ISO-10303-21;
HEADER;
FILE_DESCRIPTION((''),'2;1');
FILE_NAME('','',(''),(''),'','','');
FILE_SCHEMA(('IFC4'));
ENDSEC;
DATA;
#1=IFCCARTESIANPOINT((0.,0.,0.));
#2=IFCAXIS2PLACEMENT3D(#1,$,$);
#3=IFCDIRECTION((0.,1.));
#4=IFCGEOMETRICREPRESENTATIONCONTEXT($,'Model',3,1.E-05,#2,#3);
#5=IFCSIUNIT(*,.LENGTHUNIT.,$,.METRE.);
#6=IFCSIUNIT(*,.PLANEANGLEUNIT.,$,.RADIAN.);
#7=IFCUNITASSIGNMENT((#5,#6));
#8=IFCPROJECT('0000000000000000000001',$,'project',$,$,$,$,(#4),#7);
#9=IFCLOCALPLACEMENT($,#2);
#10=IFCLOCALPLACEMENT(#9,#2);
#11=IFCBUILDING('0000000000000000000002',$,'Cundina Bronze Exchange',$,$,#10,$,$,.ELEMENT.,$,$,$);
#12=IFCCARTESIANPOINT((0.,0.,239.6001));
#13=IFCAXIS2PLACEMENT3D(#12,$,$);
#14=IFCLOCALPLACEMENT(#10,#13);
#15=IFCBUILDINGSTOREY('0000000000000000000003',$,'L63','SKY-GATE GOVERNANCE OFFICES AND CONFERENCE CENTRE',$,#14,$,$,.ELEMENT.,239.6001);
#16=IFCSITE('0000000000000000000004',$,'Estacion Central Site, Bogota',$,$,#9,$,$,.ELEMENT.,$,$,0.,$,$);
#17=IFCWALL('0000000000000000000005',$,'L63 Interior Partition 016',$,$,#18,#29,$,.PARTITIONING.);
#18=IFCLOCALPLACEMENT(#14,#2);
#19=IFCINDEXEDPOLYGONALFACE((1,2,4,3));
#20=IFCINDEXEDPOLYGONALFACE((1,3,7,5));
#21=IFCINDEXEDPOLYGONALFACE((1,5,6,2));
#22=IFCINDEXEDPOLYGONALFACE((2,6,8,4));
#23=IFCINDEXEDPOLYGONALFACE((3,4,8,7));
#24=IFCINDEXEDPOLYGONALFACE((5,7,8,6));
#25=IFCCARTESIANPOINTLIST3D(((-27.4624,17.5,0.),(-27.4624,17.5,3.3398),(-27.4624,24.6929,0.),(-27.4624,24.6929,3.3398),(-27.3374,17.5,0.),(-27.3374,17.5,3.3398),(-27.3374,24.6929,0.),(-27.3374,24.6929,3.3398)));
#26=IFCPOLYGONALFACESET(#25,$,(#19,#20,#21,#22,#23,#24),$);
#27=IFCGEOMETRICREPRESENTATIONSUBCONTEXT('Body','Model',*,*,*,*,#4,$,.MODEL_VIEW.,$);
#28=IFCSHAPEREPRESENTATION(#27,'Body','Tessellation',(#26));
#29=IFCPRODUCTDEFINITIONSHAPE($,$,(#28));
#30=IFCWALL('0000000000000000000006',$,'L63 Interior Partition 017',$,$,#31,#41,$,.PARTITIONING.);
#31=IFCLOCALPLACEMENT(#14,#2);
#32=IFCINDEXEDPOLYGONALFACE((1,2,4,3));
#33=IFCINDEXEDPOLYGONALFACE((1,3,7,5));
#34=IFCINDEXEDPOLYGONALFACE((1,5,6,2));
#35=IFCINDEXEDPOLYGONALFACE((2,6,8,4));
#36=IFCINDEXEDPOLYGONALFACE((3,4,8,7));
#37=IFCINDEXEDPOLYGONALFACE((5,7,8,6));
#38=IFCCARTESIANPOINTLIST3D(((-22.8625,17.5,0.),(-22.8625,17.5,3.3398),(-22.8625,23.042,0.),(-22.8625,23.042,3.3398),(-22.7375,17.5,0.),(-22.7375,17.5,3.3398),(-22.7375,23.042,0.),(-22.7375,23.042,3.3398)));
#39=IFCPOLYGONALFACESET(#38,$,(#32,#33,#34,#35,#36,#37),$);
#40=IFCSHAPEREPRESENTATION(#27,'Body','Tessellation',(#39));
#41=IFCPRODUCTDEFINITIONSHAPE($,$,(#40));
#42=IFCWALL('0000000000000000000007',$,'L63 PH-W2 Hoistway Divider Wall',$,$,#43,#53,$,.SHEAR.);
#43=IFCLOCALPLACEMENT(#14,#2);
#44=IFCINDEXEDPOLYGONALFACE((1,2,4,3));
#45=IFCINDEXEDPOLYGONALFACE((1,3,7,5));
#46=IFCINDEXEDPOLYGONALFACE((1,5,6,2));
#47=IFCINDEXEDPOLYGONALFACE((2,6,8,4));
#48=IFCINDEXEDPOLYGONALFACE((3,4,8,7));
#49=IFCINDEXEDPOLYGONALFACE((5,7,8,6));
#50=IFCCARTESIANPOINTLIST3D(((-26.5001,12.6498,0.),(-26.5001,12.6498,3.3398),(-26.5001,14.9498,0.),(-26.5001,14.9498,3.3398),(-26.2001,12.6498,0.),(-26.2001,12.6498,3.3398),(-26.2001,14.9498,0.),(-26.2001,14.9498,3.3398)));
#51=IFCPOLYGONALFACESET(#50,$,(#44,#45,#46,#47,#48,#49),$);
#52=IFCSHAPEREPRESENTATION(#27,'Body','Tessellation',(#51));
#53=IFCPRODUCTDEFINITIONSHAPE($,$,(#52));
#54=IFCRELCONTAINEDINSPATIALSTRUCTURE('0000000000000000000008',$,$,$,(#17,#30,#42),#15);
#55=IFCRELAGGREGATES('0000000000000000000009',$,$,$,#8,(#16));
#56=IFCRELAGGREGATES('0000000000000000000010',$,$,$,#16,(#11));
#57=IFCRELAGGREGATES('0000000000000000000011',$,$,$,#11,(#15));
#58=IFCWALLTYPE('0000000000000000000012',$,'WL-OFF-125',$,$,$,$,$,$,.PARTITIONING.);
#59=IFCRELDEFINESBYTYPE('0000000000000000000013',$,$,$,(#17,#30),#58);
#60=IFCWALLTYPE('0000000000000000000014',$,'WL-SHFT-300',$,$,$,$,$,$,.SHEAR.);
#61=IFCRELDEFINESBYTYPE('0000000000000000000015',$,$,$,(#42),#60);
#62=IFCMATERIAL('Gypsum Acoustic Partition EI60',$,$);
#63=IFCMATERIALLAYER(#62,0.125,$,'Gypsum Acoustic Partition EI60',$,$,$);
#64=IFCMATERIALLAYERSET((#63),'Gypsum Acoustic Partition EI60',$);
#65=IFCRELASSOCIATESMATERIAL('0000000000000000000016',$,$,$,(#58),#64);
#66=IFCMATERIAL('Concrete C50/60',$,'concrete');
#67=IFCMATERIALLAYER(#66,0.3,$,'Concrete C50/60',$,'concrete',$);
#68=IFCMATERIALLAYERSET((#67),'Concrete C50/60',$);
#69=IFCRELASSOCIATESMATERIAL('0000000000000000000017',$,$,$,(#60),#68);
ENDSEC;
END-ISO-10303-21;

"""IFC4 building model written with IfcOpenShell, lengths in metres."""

from ifc_helpers import new_model, si_unit, direction, frame, frame_2d, origin, place, context, subcontext, project, spatial, rectangle, extrude, material, layer, layer_set, type_object, element, save


model = new_model("IFC4")

# Units and contexts
model_context = context("Model", 3, precision=1e-05, world=origin(), true_north=direction((0.0, 1.0)))
body_context = subcontext(model_context, "Body", "Model", "MODEL_VIEW")
ifc_project = project(units=[si_unit("LENGTHUNIT", "METRE"), si_unit("PLANEANGLEUNIT", "RADIAN")], contexts=[model_context])

# Site, building, storey
site_placement = place(None, origin())
site = spatial("IfcSite", under=ifc_project, at=site_placement, Name="Estacion Central Site, Bogota", CompositionType="ELEMENT", RefElevation=0.0)
building_placement = place(site_placement, origin())
building = spatial("IfcBuilding", under=site, at=building_placement, Name="Cundina Bronze Exchange", CompositionType="ELEMENT")
storey_placement = place(building_placement, frame((0.0, 0.0, 239.6001)))
storey = spatial("IfcBuildingStorey", under=building, at=storey_placement, Name="L63", Description="SKY-GATE GOVERNANCE OFFICES AND CONFERENCE CENTRE", CompositionType="ELEMENT", Elevation=239.6001)

# Shared definitions
ifc_material_1 = material(Name="Concrete C50/60", Category="concrete")

# Walls
ifc_material_2 = material(Name="Gypsum Acoustic Partition EI60")
ifc_layer_1 = layer(ifc_material_2, 0.125, Name="Gypsum Acoustic Partition EI60")
ifc_layer_set_1 = layer_set([ifc_layer_1], Name="Gypsum Acoustic Partition EI60")
wall_type_1 = type_object("IfcWallType", Name="WL-OFF-125", PredefinedType="PARTITIONING", material=ifc_layer_set_1)
wall_1_placement = place(storey_placement, frame((-27.3999, 17.5, 0.0), z_axis=(0.0, 0.0, 1.0), x_axis=(0.0, 1.0, 0.0)))
element("IfcWall", 1, at=wall_1_placement, inside=storey, type_object=wall_type_1, Name="L63 Interior Partition 016", PredefinedType="PARTITIONING", context=body_context, shape_type="SweptSolid", body=[
    extrude(rectangle(XDim=7.1929, YDim=0.125, at=frame_2d((3.5964, 0.0))), origin(), (0.0, 0.0, 1.0), 3.3398),
])
wall_2_placement = place(storey_placement, frame((-22.8, 17.5, 0.0), z_axis=(0.0, 0.0, 1.0), x_axis=(0.0, 1.0, 0.0)))
element("IfcWall", 2, at=wall_2_placement, inside=storey, type_object=wall_type_1, Name="L63 Interior Partition 017", PredefinedType="PARTITIONING", context=body_context, shape_type="SweptSolid", body=[
    extrude(rectangle(XDim=5.542, YDim=0.125, at=frame_2d((2.771, 0.0))), origin(), (0.0, 0.0, 1.0), 3.3398),
])

# Shared definitions
ifc_layer_2 = layer(ifc_material_1, 0.3, Name="Concrete C50/60", Category="concrete")
ifc_layer_set_2 = layer_set([ifc_layer_2], Name="Concrete C50/60")
wall_type_2 = type_object("IfcWallType", Name="WL-SHFT-300", PredefinedType="SHEAR", material=ifc_layer_set_2)

# Wall
wall_3_placement = place(storey_placement, frame((-26.3501, 12.6499, 0.0), z_axis=(0.0, 0.0, 1.0), x_axis=(0.0, 1.0, 0.0)))
element("IfcWall", 3, at=wall_3_placement, inside=storey, type_object=wall_type_2, Name="L63 PH-W2 Hoistway Divider Wall", PredefinedType="SHEAR", context=body_context, shape_type="SweptSolid", body=[
    extrude(rectangle(XDim=2.3, YDim=0.3, at=frame_2d((1.1499, 0.0))), origin(), (0.0, 0.0, 1.0), 3.3398),
])

save(model, "model.ifc")
